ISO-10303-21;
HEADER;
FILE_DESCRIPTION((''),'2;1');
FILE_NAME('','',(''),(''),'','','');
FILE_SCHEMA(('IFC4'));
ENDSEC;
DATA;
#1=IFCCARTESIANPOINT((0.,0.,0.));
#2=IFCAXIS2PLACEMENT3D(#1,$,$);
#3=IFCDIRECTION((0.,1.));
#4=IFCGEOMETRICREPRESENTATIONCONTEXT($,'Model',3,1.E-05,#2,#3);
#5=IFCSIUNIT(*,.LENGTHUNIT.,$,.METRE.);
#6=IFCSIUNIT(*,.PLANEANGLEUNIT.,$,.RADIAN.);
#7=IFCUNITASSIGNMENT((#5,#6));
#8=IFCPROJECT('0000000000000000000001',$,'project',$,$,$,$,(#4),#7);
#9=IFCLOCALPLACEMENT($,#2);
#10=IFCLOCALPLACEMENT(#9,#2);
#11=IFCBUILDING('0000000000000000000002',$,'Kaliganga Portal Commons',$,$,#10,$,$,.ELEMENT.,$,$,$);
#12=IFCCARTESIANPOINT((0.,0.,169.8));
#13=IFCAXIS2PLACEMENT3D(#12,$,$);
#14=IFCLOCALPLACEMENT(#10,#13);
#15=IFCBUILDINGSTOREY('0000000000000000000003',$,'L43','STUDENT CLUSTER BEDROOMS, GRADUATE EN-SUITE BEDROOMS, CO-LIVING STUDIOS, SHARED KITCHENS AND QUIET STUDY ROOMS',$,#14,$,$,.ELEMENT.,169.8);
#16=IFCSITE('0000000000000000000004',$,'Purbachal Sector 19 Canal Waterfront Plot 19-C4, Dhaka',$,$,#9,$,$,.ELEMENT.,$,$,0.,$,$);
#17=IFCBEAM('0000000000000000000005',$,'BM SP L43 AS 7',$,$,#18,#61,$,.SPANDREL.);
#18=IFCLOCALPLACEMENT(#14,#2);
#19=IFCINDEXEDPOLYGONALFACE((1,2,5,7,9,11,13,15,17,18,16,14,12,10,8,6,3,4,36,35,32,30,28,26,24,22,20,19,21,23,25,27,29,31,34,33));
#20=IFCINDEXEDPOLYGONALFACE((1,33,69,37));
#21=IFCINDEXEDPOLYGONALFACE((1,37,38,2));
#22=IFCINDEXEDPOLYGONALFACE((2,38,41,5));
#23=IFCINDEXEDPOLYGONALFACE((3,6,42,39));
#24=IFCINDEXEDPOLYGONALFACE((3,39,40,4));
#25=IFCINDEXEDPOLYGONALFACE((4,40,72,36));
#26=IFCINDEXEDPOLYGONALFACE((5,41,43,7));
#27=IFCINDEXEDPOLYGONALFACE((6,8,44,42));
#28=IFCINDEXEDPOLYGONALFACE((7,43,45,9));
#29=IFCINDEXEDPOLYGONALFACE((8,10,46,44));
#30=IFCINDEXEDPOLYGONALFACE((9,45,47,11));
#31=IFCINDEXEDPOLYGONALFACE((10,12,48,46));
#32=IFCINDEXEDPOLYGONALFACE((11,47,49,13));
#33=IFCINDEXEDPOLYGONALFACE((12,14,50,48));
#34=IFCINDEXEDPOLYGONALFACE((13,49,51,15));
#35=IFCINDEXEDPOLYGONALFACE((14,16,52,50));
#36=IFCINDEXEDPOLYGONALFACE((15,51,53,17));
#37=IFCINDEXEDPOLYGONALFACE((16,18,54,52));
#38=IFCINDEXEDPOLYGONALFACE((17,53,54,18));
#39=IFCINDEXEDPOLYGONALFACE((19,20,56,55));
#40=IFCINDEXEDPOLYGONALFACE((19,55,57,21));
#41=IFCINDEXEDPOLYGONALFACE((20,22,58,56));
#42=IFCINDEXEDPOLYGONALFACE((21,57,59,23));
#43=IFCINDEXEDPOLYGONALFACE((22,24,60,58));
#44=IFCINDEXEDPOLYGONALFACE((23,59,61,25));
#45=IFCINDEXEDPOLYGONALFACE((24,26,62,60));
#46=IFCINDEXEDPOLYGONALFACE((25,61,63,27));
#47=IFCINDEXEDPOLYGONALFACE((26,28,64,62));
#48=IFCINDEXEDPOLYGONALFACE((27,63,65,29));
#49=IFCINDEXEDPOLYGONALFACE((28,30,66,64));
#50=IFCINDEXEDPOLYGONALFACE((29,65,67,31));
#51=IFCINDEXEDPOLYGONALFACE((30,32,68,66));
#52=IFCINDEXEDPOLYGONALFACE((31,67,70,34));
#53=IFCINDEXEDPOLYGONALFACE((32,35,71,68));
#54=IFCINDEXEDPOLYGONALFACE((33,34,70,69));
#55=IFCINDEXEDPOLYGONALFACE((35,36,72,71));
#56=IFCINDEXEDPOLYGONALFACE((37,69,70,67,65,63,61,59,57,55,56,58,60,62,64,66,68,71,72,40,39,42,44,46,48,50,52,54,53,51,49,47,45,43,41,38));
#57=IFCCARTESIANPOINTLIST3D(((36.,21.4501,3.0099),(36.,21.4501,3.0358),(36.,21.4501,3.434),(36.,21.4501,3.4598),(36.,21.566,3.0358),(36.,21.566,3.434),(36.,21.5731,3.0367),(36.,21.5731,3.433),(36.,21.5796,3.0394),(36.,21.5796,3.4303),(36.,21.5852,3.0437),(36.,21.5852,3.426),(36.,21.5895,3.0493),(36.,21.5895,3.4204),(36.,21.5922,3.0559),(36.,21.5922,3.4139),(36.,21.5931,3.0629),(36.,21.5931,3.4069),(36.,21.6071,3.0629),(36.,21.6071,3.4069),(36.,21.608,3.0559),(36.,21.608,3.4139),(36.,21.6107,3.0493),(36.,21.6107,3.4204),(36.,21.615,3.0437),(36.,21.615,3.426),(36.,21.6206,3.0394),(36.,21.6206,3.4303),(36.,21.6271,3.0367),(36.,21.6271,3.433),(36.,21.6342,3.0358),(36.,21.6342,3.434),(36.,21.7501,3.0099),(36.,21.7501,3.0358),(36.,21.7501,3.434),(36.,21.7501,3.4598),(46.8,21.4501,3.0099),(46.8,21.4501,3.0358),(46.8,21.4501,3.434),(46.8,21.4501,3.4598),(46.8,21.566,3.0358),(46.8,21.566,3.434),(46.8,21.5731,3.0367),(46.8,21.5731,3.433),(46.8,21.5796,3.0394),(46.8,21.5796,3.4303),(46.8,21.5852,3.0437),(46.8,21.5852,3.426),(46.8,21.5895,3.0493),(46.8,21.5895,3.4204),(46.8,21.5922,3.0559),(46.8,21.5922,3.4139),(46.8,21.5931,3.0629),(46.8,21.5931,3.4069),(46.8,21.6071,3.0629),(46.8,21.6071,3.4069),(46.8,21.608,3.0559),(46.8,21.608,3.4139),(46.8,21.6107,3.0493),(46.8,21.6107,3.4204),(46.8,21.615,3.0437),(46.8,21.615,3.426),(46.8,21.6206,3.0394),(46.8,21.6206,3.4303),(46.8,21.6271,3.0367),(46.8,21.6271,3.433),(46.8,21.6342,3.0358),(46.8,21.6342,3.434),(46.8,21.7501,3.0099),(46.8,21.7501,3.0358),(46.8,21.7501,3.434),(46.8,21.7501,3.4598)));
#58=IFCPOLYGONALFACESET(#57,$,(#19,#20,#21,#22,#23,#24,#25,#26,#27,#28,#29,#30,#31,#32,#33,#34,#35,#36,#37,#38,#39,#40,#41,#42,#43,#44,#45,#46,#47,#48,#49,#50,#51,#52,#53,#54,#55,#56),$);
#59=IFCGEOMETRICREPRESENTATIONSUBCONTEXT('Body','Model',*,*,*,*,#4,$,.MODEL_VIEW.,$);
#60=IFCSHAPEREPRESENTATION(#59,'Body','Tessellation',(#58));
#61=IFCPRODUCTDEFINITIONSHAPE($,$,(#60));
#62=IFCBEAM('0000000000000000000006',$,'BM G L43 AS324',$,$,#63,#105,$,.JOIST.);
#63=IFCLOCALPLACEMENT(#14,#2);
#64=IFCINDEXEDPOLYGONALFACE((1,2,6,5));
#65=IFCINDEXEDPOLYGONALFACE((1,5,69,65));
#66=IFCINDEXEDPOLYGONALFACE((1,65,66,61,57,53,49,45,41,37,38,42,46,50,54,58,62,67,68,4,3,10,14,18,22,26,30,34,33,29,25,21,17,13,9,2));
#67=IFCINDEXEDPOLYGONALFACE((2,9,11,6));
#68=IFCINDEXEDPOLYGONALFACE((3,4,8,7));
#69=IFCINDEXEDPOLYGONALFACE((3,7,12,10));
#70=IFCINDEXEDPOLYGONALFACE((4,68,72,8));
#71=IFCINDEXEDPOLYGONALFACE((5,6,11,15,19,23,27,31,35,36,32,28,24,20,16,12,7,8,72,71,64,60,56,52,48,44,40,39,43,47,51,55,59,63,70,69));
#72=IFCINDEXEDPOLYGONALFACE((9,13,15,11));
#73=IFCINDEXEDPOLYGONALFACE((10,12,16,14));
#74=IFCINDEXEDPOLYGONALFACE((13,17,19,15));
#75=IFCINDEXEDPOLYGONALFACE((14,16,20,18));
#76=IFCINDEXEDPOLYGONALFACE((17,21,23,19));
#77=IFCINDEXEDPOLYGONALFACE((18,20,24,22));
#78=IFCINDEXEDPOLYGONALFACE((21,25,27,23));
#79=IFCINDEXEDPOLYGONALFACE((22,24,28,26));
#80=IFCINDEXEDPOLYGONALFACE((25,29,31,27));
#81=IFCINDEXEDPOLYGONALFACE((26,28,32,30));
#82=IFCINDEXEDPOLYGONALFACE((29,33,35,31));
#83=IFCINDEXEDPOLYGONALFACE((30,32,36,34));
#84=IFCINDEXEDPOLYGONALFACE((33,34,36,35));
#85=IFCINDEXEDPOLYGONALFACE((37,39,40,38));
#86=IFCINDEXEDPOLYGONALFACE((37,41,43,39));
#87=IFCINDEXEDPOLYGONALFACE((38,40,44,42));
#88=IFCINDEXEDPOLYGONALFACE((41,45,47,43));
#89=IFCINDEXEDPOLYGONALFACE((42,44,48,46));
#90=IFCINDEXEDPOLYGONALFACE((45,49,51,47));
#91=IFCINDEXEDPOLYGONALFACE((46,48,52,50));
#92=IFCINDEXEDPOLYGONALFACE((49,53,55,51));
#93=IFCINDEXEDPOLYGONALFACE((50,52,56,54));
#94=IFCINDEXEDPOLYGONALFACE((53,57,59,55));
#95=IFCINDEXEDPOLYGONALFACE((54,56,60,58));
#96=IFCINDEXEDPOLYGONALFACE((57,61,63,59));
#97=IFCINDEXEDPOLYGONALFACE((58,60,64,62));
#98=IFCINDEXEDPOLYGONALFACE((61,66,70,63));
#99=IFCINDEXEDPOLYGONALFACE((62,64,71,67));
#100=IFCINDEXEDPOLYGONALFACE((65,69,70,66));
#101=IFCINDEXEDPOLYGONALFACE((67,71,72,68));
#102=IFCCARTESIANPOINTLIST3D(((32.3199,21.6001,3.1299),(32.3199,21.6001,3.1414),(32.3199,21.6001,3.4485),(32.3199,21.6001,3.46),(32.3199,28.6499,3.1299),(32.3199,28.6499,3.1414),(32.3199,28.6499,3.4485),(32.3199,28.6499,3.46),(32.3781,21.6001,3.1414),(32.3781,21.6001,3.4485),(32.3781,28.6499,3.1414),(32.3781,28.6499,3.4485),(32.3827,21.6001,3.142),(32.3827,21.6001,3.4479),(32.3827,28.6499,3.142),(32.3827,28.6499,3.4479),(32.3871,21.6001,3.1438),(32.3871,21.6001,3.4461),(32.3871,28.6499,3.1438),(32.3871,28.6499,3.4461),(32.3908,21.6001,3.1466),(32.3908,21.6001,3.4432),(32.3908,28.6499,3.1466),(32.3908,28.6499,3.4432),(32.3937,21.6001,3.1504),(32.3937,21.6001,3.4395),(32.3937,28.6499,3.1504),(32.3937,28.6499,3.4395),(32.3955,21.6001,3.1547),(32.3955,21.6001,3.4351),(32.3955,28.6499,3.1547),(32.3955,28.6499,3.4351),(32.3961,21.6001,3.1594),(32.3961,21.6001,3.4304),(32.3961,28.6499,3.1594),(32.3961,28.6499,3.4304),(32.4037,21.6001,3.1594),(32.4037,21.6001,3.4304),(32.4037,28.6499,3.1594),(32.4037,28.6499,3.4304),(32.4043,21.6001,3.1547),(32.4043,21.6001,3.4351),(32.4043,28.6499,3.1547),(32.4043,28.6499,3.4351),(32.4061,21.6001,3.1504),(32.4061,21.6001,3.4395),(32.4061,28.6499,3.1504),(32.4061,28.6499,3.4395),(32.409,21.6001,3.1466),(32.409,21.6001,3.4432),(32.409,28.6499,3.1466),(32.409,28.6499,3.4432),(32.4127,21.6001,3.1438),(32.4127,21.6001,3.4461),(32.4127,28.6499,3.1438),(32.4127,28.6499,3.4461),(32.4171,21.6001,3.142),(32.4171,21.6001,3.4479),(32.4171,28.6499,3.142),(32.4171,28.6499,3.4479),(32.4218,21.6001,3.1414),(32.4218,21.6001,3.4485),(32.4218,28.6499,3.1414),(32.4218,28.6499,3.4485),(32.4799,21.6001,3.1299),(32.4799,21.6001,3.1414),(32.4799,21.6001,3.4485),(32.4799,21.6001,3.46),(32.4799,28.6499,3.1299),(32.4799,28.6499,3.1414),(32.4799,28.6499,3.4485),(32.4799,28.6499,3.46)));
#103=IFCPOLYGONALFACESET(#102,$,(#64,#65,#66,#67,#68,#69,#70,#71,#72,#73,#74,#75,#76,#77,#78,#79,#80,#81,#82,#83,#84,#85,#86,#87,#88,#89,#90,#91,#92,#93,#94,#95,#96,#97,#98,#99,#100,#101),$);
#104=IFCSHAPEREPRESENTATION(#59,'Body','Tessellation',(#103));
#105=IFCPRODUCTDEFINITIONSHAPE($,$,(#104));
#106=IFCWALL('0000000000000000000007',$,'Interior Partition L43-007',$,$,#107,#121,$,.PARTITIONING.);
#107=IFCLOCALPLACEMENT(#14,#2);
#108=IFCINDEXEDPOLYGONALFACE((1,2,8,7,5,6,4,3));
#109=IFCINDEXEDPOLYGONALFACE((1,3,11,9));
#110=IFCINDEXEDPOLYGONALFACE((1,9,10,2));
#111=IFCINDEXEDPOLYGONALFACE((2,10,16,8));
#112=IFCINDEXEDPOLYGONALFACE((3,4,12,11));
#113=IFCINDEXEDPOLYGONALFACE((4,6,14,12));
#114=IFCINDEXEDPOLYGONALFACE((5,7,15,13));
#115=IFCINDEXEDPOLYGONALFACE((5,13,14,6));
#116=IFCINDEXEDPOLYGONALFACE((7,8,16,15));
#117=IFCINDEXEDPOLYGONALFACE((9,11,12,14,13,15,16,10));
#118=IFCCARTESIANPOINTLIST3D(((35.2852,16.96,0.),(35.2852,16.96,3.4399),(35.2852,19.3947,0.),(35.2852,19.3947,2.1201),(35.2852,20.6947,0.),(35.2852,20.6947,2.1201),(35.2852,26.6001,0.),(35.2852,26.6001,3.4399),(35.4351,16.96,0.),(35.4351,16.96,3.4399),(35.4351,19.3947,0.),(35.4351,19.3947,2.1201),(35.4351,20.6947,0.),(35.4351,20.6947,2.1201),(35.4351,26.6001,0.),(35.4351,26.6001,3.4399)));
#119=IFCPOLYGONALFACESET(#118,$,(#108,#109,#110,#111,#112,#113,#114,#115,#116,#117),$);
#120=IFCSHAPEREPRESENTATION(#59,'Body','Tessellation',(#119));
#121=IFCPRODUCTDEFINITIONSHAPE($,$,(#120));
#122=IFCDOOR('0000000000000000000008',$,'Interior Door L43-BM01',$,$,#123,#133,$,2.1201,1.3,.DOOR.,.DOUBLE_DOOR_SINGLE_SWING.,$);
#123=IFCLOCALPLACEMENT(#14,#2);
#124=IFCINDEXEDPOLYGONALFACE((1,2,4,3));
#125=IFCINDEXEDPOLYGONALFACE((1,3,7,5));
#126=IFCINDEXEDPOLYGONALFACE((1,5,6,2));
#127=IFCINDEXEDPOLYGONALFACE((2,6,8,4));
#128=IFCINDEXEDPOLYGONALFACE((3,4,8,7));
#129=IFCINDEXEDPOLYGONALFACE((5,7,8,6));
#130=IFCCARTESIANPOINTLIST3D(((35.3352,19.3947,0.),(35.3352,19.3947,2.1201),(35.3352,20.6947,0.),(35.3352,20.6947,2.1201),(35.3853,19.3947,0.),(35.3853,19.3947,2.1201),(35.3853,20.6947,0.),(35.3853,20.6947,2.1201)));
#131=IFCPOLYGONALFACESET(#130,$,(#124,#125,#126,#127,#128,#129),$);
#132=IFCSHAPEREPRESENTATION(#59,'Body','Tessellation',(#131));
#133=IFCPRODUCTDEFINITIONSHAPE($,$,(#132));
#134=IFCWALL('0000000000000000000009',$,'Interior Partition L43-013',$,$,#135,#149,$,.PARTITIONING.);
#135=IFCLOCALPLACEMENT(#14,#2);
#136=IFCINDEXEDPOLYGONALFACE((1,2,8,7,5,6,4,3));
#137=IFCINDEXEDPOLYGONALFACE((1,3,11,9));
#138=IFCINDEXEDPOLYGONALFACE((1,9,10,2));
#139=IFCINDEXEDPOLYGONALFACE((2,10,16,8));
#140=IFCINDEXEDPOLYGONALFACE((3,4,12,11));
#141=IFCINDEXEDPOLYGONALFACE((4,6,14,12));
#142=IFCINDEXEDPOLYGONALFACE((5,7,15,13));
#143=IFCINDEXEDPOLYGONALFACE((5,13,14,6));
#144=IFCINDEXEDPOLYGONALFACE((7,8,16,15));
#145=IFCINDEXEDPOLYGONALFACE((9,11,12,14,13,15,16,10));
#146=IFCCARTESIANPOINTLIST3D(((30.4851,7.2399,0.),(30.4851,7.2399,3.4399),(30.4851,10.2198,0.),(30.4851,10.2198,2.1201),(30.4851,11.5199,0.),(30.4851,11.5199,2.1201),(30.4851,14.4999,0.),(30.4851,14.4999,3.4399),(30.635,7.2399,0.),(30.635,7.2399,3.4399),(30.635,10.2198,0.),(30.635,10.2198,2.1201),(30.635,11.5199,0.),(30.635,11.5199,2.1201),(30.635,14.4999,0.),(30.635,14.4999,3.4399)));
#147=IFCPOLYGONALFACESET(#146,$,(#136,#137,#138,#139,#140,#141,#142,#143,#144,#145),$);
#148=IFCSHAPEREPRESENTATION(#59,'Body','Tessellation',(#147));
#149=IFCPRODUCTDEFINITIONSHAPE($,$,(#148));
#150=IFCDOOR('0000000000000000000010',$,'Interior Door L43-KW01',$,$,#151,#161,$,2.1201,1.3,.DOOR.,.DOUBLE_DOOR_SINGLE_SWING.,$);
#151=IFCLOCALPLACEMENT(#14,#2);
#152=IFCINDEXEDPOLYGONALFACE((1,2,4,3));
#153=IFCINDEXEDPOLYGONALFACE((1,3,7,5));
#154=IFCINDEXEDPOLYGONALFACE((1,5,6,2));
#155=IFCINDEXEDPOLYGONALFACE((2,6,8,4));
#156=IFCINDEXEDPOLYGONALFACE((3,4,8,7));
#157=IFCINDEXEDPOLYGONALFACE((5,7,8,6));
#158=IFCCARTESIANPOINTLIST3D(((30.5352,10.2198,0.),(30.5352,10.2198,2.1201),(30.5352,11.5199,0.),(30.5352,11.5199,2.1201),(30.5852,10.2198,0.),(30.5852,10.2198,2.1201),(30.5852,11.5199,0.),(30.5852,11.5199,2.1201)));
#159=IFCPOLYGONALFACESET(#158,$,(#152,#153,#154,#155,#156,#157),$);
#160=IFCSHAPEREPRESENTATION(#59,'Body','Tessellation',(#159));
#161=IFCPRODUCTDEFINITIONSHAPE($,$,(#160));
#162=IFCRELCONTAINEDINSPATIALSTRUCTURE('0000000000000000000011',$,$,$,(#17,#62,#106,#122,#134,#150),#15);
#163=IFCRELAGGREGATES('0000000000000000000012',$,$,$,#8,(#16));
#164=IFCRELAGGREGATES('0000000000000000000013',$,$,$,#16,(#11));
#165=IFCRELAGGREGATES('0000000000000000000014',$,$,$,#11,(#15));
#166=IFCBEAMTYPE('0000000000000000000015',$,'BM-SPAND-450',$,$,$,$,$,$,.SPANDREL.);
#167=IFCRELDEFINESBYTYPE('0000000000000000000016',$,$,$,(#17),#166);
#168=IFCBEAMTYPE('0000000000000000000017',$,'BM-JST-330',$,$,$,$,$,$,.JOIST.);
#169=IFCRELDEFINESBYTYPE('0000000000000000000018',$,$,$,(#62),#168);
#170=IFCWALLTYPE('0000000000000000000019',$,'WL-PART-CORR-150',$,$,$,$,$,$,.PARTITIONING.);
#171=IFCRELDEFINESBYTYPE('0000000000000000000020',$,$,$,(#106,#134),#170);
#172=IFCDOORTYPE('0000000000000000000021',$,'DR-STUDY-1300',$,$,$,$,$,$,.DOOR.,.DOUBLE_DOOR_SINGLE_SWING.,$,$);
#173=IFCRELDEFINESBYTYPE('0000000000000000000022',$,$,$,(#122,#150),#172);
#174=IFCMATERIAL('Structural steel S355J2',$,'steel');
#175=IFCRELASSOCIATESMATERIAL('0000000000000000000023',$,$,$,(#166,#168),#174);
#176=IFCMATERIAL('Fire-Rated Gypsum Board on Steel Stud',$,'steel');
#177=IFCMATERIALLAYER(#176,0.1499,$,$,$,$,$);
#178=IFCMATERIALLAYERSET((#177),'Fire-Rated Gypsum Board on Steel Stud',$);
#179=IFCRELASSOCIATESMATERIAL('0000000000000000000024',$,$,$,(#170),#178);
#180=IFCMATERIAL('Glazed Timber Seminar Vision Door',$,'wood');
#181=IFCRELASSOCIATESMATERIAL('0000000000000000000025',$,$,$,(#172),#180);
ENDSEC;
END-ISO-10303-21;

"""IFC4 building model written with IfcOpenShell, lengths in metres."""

from ifc_helpers import new_model, si_unit, direction, frame, frame_2d, origin, origin_2d, place, context, subcontext, project, spatial, rectangle, i_section, extrude, source, transform, mapped, material, layer, layer_set, material_profile, profile_set, type_object, element, fill, save


model = new_model("IFC4")

# Units and contexts
model_context = context("Model", 3, precision=1e-05, world=origin(), true_north=direction((0.0, 1.0)))
body_context = subcontext(model_context, "Body", "Model", "MODEL_VIEW")
ifc_project = project(units=[si_unit("LENGTHUNIT", "METRE"), si_unit("PLANEANGLEUNIT", "RADIAN")], contexts=[model_context])

# Site, building, storey
site_placement = place(None, origin())
site = spatial("IfcSite", under=ifc_project, at=site_placement, Name="Purbachal Sector 19 Canal Waterfront Plot 19-C4, Dhaka", CompositionType="ELEMENT", RefElevation=0.0)
building_placement = place(site_placement, origin())
building = spatial("IfcBuilding", under=site, at=building_placement, Name="Kaliganga Portal Commons", CompositionType="ELEMENT")
storey_placement = place(building_placement, frame((0.0, 0.0, 169.8)))
storey = spatial("IfcBuildingStorey", under=building, at=storey_placement, Name="L43", Description="STUDENT CLUSTER BEDROOMS, GRADUATE EN-SUITE BEDROOMS, CO-LIVING STUDIOS, SHARED KITCHENS AND QUIET STUDY ROOMS", CompositionType="ELEMENT", Elevation=169.8)

# Beams
ifc_material_1 = material(Name="Structural steel S355J2", Category="steel")
ifc_material_profile_1 = material_profile(ifc_material_1, i_section(OverallWidth=0.3, OverallDepth=0.45, WebThickness=0.0139, FlangeThickness=0.0259, FilletRadius=0.0271, at=origin_2d()), Name="HE 450 B")
ifc_profile_set_1 = profile_set([ifc_material_profile_1], Name="Structural steel S355J2 wide-flange")
beam_type_1 = type_object("IfcBeamType", Name="BM-SPAND-450", PredefinedType="SPANDREL", material=ifc_profile_set_1)
shared_shape_1 = source(origin(), body_context, "Body", "SweptSolid", [
    extrude(i_section(OverallWidth=0.3, OverallDepth=0.45, WebThickness=0.0139, FlangeThickness=0.0259, FilletRadius=0.0271, at=origin_2d()), origin(), (0.0, 0.0, 1.0), 10.8),
])
beam_1_placement = place(storey_placement, frame((36.0, 21.6001, 3.2349), z_axis=(1.0, 0.0, 0.0), x_axis=(0.0, 1.0, 0.0)))
element("IfcBeam", 1, at=beam_1_placement, inside=storey, type_object=beam_type_1, Name="BM SP L43 AS 7", PredefinedType="SPANDREL", context=body_context, shape_type="MappedRepresentation", body=[
    mapped(shared_shape_1, transform((0.0, 0.0, 0.0), x_axis=(1.0, 0.0, 0.0), y_axis=(0.0, 1.0, 0.0), z_axis=(0.0, 0.0, 1.0), scale=1.0)),
])
ifc_material_profile_2 = material_profile(ifc_material_1, i_section(OverallWidth=0.1599, OverallDepth=0.3301, WebThickness=0.0076, FlangeThickness=0.0115, FilletRadius=0.0181, at=origin_2d()), Name="IPE 330")
ifc_profile_set_2 = profile_set([ifc_material_profile_2], Name="Structural steel S355J2 wide-flange")
beam_type_2 = type_object("IfcBeamType", Name="BM-JST-330", PredefinedType="JOIST", material=ifc_profile_set_2)
shared_shape_2 = source(origin(), body_context, "Body", "SweptSolid", [
    extrude(i_section(OverallWidth=0.1599, OverallDepth=0.3301, WebThickness=0.0076, FlangeThickness=0.0115, FilletRadius=0.0181, at=origin_2d()), origin(), (0.0, 0.0, 1.0), 7.0498),
])
beam_2_placement = place(storey_placement, frame((32.3999, 21.6001, 3.2949), z_axis=(0.0, 1.0, 0.0), x_axis=(-1.0, 0.0, 0.0)))
element("IfcBeam", 2, at=beam_2_placement, inside=storey, type_object=beam_type_2, Name="BM G L43 AS324", PredefinedType="JOIST", context=body_context, shape_type="MappedRepresentation", body=[
    mapped(shared_shape_2, transform((0.0, 0.0, 0.0), x_axis=(1.0, 0.0, 0.0), y_axis=(0.0, 1.0, 0.0), z_axis=(0.0, 0.0, 1.0), scale=1.0)),
])

# Walls, openings, doors
ifc_material_2 = material(Name="Fire-Rated Gypsum Board on Steel Stud", Category="steel")
ifc_layer_1 = layer(ifc_material_2, 0.1499)
ifc_layer_set_1 = layer_set([ifc_layer_1], Name="Fire-Rated Gypsum Board on Steel Stud")
wall_type_1 = type_object("IfcWallType", Name="WL-PART-CORR-150", PredefinedType="PARTITIONING", material=ifc_layer_set_1)
wall_1_placement = place(storey_placement, frame((35.3601, 16.96, 0.0), z_axis=(0.0, 0.0, 1.0), x_axis=(0.0, 1.0, 0.0)))
wall_1 = element("IfcWall", 3, at=wall_1_placement, inside=storey, type_object=wall_type_1, Name="Interior Partition L43-007", PredefinedType="PARTITIONING", context=body_context, shape_type="SweptSolid", body=[
    extrude(rectangle(XDim=9.6401, YDim=0.1499, at=frame_2d((4.8201, 0.0))), origin(), (0.0, 0.0, 1.0), 3.4399),
])
opening_1_placement = place(wall_1_placement, frame((2.4348, 0.0, 0.0)))
opening_1 = element("IfcOpeningElement", 4, at=opening_1_placement, cuts=wall_1, PredefinedType="OPENING", context=body_context, shape_type="SweptSolid", body=[
    extrude(rectangle(XDim=1.3, YDim=2.1201, at=frame_2d((0.6499, 1.0601))), frame((0.0, 0.085, 0.0), z_axis=(0.0, -1.0, 0.0), x_axis=(1.0, 0.0, 0.0)), (0.0, 0.0, 1.0), 0.1699),
])
ifc_material_3 = material(Name="Glazed Timber Seminar Vision Door", Category="wood")
door_type_1 = type_object("IfcDoorType", Name="DR-STUDY-1300", OperationType="DOUBLE_DOOR_SINGLE_SWING", PredefinedType="DOOR", material=ifc_material_3)
door_1_placement = place(opening_1_placement, origin())
door_1 = element("IfcDoor", 5, at=door_1_placement, inside=storey, type_object=door_type_1, Name="Interior Door L43-BM01", OperationType="DOUBLE_DOOR_SINGLE_SWING", OverallHeight=2.1201, OverallWidth=1.3, PredefinedType="DOOR", context=body_context, shape_type="SweptSolid", body=[
    extrude(rectangle(XDim=1.3, YDim=2.1201, at=frame_2d((0.6499, 1.0601))), frame((0.0, 0.0249, 0.0), z_axis=(0.0, -1.0, 0.0), x_axis=(1.0, 0.0, 0.0)), (0.0, 0.0, 1.0), 0.05),
])
fill(opening_1, door_1)
wall_2_placement = place(storey_placement, frame((30.5601, 7.24, 0.0), z_axis=(0.0, 0.0, 1.0), x_axis=(0.0, 1.0, 0.0)))
wall_2 = element("IfcWall", 6, at=wall_2_placement, inside=storey, type_object=wall_type_1, Name="Interior Partition L43-013", PredefinedType="PARTITIONING", context=body_context, shape_type="SweptSolid", body=[
    extrude(rectangle(XDim=7.26, YDim=0.1499, at=frame_2d((3.6299, 0.0))), origin(), (0.0, 0.0, 1.0), 3.4399),
])
opening_2_placement = place(wall_2_placement, frame((2.98, 0.0, 0.0)))
opening_2 = element("IfcOpeningElement", 7, at=opening_2_placement, cuts=wall_2, PredefinedType="OPENING", context=body_context, shape_type="SweptSolid", body=[
    extrude(rectangle(XDim=1.3, YDim=2.1201, at=frame_2d((0.6499, 1.0601))), frame((0.0, 0.085, 0.0), z_axis=(0.0, -1.0, 0.0), x_axis=(1.0, 0.0, 0.0)), (0.0, 0.0, 1.0), 0.1699),
])
door_2_placement = place(opening_2_placement, origin())
door_2 = element("IfcDoor", 8, at=door_2_placement, inside=storey, type_object=door_type_1, Name="Interior Door L43-KW01", OperationType="DOUBLE_DOOR_SINGLE_SWING", OverallHeight=2.1201, OverallWidth=1.3, PredefinedType="DOOR", context=body_context, shape_type="SweptSolid", body=[
    extrude(rectangle(XDim=1.3, YDim=2.1201, at=frame_2d((0.6499, 1.0601))), frame((0.0, 0.0249, 0.0), z_axis=(0.0, -1.0, 0.0), x_axis=(1.0, 0.0, 0.0)), (0.0, 0.0, 1.0), 0.05),
])
fill(opening_2, door_2)

save(model, "model.ifc")
